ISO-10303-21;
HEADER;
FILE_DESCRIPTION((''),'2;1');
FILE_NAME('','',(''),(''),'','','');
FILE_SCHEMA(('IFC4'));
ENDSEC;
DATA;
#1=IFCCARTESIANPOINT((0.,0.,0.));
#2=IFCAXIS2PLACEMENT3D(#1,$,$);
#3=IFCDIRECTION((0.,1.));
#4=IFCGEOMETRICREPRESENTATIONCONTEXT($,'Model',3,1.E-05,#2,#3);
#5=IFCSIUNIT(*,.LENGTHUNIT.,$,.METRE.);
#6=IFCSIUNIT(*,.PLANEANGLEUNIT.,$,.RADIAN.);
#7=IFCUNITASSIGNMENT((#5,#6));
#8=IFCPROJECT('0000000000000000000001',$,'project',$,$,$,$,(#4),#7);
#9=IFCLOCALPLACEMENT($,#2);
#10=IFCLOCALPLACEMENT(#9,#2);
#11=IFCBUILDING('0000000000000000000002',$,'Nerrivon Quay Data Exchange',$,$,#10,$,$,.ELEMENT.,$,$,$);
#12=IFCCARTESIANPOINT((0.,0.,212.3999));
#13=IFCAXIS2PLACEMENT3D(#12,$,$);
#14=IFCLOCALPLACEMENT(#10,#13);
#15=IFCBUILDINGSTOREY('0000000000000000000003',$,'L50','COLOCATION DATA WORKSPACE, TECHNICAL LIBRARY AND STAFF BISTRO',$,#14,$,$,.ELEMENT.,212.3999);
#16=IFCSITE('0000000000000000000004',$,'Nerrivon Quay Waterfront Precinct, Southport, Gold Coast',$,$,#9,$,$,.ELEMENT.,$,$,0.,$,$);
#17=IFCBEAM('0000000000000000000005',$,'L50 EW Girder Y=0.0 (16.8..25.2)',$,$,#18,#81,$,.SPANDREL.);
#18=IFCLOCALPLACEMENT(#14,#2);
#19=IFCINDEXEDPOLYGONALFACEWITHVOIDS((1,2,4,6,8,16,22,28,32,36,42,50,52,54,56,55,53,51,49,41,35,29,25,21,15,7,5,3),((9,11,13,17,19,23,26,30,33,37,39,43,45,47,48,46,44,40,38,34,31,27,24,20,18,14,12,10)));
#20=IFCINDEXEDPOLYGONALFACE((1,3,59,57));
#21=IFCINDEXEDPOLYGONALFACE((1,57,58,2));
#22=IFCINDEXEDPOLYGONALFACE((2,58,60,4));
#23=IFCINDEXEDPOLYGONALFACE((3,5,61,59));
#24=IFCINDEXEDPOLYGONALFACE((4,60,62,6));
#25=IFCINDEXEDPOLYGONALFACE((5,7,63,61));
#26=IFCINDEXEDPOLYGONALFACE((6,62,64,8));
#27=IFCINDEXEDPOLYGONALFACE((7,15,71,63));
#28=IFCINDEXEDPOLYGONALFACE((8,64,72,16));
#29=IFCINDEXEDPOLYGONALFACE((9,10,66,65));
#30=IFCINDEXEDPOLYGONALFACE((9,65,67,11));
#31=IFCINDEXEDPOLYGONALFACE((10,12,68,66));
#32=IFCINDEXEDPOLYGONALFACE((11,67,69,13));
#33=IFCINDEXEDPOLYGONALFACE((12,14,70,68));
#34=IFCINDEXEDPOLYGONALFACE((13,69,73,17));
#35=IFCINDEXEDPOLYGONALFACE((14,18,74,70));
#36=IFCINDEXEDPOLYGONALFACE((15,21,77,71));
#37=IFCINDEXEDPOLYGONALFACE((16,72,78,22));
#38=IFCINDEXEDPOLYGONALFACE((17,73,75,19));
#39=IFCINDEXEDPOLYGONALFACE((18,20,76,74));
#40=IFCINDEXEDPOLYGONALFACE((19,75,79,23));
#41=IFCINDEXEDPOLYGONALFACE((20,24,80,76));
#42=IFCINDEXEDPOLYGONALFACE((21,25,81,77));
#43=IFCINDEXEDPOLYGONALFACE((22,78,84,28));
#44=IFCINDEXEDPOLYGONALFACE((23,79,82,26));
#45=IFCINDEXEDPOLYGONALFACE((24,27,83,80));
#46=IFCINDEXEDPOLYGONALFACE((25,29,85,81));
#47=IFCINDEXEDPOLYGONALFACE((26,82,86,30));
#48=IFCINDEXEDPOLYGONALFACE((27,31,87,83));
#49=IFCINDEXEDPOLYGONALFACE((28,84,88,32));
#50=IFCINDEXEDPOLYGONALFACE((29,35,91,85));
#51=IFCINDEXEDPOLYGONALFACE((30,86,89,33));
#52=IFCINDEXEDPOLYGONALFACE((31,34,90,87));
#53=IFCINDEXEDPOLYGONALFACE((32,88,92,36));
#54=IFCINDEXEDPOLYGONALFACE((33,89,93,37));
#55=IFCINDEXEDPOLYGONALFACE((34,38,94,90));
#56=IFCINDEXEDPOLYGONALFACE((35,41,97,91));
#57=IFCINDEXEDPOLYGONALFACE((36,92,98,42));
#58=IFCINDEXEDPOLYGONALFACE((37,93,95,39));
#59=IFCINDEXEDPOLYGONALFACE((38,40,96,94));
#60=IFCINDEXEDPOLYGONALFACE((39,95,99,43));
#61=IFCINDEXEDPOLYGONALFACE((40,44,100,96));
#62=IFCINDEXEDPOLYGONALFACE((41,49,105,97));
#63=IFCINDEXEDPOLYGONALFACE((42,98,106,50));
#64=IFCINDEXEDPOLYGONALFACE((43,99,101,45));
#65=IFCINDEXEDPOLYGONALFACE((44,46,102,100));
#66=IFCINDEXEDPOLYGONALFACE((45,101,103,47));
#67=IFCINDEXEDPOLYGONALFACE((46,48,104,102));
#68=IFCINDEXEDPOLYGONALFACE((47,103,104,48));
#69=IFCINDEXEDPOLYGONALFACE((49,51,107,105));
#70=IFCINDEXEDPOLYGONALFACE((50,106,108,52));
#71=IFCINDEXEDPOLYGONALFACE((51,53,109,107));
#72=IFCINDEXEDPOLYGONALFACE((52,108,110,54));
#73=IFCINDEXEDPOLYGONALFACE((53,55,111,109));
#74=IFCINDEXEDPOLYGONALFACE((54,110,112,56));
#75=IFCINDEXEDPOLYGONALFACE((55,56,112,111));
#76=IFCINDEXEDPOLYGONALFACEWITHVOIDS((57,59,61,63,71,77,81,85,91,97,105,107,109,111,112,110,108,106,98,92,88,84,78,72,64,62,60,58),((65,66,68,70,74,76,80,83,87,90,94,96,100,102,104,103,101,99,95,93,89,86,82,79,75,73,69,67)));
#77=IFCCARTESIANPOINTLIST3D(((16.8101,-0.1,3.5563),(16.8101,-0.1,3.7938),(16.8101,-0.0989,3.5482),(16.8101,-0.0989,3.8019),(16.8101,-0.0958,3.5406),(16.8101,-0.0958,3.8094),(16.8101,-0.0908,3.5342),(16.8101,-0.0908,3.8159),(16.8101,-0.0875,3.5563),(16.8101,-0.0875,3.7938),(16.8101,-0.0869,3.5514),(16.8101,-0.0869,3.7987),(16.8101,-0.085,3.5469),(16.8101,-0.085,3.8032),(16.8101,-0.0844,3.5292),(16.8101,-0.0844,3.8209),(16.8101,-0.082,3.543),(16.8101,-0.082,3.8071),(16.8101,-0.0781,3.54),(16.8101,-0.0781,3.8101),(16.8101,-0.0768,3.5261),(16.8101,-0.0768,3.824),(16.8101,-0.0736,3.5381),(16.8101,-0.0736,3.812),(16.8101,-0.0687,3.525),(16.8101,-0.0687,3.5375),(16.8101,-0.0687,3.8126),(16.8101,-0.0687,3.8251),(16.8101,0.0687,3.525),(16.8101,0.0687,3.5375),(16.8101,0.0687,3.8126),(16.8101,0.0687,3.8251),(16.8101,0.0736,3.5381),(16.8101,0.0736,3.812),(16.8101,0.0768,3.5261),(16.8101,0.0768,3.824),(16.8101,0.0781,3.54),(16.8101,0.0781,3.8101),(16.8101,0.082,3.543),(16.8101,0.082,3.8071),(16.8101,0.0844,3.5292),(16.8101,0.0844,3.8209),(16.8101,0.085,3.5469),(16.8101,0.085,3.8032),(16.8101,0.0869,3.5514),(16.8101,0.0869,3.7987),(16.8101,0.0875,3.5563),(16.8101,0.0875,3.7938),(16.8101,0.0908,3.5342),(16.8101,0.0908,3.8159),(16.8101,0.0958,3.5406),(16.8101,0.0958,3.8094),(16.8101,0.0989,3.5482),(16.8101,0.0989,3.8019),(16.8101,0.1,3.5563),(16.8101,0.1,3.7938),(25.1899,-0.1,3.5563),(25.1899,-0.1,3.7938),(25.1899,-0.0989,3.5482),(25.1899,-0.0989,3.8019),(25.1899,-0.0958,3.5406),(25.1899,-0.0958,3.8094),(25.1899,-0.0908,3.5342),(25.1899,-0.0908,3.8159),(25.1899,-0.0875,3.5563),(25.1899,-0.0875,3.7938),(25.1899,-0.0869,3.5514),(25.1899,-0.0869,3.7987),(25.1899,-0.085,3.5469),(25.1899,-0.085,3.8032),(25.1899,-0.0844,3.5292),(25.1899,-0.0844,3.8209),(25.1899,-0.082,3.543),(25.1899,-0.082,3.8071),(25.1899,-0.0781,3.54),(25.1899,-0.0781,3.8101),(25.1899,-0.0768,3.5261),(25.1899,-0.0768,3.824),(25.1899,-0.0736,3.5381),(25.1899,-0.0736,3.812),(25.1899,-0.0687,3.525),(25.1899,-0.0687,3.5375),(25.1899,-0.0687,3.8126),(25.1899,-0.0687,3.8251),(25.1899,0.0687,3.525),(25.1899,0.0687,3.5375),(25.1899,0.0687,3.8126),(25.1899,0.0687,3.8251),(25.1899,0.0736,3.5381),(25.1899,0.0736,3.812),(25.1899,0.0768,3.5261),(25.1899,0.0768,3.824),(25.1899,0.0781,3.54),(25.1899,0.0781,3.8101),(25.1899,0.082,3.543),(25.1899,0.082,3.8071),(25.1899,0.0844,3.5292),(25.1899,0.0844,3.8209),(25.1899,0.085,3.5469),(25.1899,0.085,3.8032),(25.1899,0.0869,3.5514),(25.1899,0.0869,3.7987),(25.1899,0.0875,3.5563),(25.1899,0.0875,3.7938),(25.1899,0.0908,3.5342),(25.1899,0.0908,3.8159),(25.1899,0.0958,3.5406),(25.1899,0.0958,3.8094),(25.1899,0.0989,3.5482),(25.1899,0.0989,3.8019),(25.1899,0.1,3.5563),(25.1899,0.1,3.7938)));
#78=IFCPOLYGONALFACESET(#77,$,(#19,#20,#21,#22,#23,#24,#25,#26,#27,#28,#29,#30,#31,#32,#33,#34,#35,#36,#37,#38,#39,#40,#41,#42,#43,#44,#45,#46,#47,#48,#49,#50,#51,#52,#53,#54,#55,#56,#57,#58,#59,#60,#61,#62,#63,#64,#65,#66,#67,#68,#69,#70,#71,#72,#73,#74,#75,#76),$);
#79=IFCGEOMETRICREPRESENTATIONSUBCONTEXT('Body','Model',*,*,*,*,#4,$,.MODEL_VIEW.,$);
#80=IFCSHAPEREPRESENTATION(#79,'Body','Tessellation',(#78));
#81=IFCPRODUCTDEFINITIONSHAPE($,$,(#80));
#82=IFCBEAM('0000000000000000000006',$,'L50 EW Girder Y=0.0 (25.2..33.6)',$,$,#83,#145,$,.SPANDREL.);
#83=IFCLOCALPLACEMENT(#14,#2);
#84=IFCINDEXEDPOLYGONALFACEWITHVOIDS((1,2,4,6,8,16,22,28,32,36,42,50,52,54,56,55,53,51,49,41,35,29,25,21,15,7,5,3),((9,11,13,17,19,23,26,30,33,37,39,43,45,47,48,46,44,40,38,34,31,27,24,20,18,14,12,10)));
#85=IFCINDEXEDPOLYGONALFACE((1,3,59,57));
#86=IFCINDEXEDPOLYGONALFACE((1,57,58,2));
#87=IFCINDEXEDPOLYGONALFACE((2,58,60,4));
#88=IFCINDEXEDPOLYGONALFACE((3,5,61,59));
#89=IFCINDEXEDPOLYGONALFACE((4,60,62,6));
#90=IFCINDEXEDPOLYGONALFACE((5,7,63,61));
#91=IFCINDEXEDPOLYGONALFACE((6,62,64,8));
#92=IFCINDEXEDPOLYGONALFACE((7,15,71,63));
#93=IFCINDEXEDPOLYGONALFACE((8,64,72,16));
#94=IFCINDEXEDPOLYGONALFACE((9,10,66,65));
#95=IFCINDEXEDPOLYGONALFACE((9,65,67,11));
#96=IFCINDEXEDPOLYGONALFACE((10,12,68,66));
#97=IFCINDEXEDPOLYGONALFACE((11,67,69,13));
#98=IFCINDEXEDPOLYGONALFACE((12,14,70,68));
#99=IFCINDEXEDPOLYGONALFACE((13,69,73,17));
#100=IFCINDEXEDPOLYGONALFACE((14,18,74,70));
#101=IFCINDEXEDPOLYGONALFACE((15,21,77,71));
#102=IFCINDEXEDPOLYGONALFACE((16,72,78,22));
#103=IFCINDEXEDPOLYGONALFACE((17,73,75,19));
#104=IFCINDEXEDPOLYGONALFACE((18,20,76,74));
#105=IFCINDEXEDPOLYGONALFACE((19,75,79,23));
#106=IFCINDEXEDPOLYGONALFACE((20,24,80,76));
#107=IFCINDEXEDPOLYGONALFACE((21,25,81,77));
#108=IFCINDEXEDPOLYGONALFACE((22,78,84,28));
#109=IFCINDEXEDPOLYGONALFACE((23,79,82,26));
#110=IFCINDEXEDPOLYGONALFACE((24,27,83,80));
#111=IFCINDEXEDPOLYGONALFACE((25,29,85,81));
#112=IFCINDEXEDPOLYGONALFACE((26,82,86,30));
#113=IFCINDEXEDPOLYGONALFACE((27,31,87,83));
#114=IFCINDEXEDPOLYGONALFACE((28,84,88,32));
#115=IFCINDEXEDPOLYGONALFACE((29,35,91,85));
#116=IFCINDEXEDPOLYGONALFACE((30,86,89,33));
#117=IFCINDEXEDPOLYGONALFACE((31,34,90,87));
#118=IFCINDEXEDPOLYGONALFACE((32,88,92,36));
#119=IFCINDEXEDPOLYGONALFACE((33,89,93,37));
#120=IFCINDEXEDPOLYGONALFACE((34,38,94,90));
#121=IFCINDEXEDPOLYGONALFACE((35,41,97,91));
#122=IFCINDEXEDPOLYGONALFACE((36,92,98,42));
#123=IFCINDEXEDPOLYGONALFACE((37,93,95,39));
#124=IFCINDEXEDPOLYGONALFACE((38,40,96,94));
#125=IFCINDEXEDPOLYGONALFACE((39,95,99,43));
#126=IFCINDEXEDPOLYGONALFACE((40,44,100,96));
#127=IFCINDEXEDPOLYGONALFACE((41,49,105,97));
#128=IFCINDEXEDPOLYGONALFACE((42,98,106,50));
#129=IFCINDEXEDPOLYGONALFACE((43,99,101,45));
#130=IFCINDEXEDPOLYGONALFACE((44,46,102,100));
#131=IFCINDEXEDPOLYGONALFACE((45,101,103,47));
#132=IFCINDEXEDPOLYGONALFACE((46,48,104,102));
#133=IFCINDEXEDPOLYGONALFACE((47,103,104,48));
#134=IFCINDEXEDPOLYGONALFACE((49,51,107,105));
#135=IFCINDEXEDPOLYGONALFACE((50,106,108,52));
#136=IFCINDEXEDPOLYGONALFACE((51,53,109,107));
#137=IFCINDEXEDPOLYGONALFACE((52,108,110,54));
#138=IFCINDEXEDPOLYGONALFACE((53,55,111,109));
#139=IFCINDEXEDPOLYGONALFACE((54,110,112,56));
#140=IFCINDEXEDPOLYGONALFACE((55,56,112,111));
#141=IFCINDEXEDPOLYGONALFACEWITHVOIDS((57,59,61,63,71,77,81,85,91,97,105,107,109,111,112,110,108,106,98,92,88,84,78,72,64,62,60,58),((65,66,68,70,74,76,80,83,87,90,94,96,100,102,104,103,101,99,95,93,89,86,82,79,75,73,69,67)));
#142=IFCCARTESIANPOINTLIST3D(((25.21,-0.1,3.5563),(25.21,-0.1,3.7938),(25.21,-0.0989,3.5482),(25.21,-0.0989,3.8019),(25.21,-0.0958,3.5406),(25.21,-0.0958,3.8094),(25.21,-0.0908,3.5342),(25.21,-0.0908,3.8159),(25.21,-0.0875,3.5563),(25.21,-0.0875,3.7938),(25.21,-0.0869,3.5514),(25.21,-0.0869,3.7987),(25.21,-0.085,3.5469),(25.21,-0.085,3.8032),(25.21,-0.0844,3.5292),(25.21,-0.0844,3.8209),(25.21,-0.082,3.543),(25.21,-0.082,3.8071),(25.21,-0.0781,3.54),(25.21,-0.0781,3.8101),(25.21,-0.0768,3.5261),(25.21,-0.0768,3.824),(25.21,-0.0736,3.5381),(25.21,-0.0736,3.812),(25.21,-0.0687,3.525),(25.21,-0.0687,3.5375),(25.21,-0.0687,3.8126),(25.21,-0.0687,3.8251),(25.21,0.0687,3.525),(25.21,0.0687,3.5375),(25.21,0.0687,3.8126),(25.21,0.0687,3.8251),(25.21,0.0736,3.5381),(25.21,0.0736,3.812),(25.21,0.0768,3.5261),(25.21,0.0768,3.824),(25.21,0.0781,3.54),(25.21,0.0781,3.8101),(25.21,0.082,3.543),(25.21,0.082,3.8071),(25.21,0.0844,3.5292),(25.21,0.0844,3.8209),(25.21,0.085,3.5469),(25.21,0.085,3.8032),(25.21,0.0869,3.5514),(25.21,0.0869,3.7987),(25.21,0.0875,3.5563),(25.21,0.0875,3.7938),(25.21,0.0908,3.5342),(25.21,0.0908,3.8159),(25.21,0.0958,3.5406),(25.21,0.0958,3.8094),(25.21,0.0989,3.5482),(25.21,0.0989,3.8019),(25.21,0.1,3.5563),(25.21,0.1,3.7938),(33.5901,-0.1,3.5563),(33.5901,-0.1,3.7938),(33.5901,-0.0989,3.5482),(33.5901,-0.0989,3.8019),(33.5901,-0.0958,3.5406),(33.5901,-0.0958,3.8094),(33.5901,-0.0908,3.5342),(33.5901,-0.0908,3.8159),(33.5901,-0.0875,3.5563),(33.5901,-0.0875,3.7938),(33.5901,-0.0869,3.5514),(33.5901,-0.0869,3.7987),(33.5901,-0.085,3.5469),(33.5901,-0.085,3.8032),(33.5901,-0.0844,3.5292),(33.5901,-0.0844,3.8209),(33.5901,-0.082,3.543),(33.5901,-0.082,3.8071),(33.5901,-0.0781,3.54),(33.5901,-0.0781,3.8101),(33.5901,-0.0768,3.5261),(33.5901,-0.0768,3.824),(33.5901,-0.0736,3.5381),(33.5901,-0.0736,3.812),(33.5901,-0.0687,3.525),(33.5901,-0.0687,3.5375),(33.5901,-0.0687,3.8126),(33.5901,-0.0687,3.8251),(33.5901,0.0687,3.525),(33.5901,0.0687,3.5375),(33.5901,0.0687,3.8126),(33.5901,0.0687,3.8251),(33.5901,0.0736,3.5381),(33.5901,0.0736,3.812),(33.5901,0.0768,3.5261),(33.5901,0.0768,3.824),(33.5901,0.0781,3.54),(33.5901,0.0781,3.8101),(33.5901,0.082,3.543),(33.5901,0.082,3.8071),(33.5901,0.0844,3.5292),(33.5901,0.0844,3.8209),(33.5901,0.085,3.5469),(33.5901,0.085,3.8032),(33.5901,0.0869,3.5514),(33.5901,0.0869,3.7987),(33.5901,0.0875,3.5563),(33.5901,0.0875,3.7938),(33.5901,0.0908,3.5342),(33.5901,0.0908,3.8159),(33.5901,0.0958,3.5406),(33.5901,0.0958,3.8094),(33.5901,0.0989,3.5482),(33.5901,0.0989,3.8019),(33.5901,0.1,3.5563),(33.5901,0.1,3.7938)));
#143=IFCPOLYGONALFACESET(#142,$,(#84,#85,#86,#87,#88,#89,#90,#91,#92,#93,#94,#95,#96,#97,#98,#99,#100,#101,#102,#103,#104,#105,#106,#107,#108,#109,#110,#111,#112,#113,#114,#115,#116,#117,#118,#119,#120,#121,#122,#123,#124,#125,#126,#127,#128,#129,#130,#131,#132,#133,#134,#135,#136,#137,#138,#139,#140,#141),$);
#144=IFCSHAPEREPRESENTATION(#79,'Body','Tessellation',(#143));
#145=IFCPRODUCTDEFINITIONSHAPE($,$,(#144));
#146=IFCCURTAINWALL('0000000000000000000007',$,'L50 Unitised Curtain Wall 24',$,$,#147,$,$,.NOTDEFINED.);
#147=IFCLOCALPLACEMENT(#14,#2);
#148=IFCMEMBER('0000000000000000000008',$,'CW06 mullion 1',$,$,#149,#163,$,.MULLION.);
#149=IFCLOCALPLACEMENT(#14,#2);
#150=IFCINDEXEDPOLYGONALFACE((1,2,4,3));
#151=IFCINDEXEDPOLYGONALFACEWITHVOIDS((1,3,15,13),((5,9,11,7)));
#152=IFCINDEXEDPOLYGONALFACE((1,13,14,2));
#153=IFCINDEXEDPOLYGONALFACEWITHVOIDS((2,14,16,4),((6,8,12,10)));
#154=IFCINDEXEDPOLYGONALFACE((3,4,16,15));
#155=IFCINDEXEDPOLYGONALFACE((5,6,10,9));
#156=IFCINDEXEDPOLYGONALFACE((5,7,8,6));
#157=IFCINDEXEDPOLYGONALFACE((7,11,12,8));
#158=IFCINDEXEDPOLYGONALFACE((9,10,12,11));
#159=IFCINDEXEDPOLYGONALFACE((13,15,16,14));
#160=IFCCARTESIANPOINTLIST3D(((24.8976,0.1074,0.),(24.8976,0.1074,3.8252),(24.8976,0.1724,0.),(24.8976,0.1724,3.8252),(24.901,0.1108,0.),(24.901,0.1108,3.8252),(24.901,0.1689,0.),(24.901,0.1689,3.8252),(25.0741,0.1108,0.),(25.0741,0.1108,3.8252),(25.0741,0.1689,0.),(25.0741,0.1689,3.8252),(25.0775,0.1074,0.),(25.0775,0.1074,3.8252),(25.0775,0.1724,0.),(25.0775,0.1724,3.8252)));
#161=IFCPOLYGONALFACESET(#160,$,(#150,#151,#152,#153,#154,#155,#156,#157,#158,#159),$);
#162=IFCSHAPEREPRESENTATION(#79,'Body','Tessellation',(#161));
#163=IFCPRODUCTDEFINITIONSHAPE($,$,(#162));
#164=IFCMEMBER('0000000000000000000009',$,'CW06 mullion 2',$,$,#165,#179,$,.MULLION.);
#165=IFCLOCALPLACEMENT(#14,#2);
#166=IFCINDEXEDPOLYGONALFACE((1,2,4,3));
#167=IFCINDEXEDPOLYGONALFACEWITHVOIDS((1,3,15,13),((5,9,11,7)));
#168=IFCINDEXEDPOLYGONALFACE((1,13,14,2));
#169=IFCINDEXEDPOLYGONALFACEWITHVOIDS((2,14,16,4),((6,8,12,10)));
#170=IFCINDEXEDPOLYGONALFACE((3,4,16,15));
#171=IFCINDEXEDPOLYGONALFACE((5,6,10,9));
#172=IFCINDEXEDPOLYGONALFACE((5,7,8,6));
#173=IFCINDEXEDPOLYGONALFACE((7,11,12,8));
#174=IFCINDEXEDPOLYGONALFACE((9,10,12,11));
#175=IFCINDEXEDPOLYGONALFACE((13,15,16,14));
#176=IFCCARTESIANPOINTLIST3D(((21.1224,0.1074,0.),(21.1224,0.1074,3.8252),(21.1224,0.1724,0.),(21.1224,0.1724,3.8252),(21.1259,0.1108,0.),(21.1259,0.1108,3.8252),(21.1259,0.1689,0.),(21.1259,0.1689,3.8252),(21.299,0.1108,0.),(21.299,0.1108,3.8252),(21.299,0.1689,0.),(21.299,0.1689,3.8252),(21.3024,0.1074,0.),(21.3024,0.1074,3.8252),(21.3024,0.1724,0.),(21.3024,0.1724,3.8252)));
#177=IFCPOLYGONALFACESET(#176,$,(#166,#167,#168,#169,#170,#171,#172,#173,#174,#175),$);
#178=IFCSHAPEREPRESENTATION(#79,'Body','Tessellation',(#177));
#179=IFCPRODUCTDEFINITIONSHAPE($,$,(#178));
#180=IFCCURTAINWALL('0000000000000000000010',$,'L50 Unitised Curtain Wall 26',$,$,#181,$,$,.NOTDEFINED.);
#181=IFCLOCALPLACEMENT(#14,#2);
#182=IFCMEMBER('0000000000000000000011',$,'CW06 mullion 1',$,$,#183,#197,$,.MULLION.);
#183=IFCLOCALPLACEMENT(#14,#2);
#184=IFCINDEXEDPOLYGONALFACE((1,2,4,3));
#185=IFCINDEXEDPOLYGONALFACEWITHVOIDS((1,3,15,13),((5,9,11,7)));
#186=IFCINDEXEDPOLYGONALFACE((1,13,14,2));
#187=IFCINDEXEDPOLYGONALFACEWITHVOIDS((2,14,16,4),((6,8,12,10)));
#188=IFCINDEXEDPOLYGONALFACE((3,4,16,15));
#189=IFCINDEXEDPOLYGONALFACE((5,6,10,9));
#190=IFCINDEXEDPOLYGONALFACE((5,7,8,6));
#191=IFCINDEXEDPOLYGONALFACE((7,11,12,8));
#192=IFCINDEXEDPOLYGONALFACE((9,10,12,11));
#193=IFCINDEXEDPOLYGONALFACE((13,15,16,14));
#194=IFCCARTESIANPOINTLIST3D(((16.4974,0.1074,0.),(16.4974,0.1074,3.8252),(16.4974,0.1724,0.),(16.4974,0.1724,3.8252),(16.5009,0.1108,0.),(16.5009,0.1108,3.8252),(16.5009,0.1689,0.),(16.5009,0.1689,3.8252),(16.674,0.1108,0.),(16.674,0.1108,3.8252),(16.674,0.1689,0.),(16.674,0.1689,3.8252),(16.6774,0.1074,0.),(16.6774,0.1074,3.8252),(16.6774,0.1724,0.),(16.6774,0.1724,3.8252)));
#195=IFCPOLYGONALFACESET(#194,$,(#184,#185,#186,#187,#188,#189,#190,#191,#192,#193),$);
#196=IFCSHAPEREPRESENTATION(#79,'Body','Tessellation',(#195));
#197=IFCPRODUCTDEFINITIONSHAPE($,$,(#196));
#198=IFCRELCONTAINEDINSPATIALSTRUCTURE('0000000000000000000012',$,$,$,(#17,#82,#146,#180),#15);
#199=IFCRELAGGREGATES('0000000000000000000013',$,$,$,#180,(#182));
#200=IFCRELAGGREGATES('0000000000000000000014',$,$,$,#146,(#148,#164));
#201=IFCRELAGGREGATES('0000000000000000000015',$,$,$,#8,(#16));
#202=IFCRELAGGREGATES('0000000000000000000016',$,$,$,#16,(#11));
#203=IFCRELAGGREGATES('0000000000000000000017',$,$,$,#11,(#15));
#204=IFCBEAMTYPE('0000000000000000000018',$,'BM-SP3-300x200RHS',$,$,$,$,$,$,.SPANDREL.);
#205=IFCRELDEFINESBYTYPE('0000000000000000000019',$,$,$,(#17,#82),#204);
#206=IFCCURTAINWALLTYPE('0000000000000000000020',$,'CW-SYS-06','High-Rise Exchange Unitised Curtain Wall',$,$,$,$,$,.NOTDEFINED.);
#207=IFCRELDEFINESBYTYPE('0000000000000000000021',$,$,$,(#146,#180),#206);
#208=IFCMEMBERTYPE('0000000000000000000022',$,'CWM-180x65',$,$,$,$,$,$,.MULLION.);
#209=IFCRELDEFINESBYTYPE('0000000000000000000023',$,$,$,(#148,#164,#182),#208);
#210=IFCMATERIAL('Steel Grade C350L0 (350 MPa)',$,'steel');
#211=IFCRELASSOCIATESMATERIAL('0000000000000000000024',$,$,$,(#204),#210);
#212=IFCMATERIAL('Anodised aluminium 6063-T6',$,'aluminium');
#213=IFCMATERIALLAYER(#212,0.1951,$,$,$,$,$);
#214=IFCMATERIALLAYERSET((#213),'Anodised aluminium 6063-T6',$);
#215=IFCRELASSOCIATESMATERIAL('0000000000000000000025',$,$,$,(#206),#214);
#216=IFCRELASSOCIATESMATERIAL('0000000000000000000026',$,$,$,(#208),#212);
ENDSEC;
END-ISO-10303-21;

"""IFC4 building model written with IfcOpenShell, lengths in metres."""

from ifc_helpers import new_model, si_unit, direction, frame, origin, origin_2d, place, context, subcontext, project, spatial, hollow_rectangle, extrude, material, layer, layer_set, material_profile, profile_set, type_object, element, aggregate, save


model = new_model("IFC4")

# Units and contexts
model_context = context("Model", 3, precision=1e-05, world=origin(), true_north=direction((0.0, 1.0)))
body_context = subcontext(model_context, "Body", "Model", "MODEL_VIEW")
ifc_project = project(units=[si_unit("LENGTHUNIT", "METRE"), si_unit("PLANEANGLEUNIT", "RADIAN")], contexts=[model_context])

# Site, building, storey
site_placement = place(None, origin())
site = spatial("IfcSite", under=ifc_project, at=site_placement, Name="Nerrivon Quay Waterfront Precinct, Southport, Gold Coast", CompositionType="ELEMENT", RefElevation=0.0)
building_placement = place(site_placement, origin())
building = spatial("IfcBuilding", under=site, at=building_placement, Name="Nerrivon Quay Data Exchange", CompositionType="ELEMENT")
storey_placement = place(building_placement, frame((0.0, 0.0, 212.3999)))
storey = spatial("IfcBuildingStorey", under=building, at=storey_placement, Name="L50", Description="COLOCATION DATA WORKSPACE, TECHNICAL LIBRARY AND STAFF BISTRO", CompositionType="ELEMENT", Elevation=212.3999)

# Beams
ifc_material_1 = material(Name="Steel Grade C350L0 (350 MPa)", Category="steel")
ifc_material_profile_1 = material_profile(ifc_material_1, hollow_rectangle(XDim=0.2, YDim=0.3, WallThickness=0.0125, InnerFilletRadius=0.0188, OuterFilletRadius=0.0312, at=origin_2d()), Name="300x200x12.5RHS")
ifc_profile_set_1 = profile_set([ifc_material_profile_1], Name="Steel Grade C350L0 (350 MPa)")
beam_type_1 = type_object("IfcBeamType", Name="BM-SP3-300x200RHS", PredefinedType="SPANDREL", material=ifc_profile_set_1)
beam_1_placement = place(storey_placement, frame((16.8101, 0.0, 3.675), z_axis=(1.0, 0.0, 0.0), x_axis=(0.0, 1.0, 0.0)))
element("IfcBeam", 1, at=beam_1_placement, inside=storey, type_object=beam_type_1, Name="L50 EW Girder Y=0.0 (16.8..25.2)", PredefinedType="SPANDREL", context=body_context, shape_type="SweptSolid", body=[
    extrude(hollow_rectangle(XDim=0.2, YDim=0.3, WallThickness=0.0125, InnerFilletRadius=0.0188, OuterFilletRadius=0.0312, at=origin_2d()), origin(), (0.0, 0.0, 1.0), 8.3799),
])
beam_2_placement = place(storey_placement, frame((25.21, 0.0, 3.675), z_axis=(1.0, 0.0, 0.0), x_axis=(0.0, 1.0, 0.0)))
element("IfcBeam", 2, at=beam_2_placement, inside=storey, type_object=beam_type_1, Name="L50 EW Girder Y=0.0 (25.2..33.6)", PredefinedType="SPANDREL", context=body_context, shape_type="SweptSolid", body=[
    extrude(hollow_rectangle(XDim=0.2, YDim=0.3, WallThickness=0.0125, InnerFilletRadius=0.0188, OuterFilletRadius=0.0312, at=origin_2d()), origin(), (0.0, 0.0, 1.0), 8.3801),
])

# Curtain wall, members
ifc_material_2 = material(Name="Anodised aluminium 6063-T6", Category="aluminium")
ifc_layer_1 = layer(ifc_material_2, 0.1951)
ifc_layer_set_1 = layer_set([ifc_layer_1], Name="Anodised aluminium 6063-T6")
curtain_wall_type = type_object("IfcCurtainWallType", Name="CW-SYS-06", Description="High-Rise Exchange Unitised Curtain Wall", PredefinedType="NOTDEFINED", material=ifc_layer_set_1)
curtain_wall_1_placement = place(storey_placement, origin())
curtain_wall_1 = element("IfcCurtainWall", 3, at=curtain_wall_1_placement, inside=storey, type_object=curtain_wall_type, Name="L50 Unitised Curtain Wall 24", PredefinedType="NOTDEFINED")
ifc_material_profile_2 = material_profile(ifc_material_2, hollow_rectangle(XDim=0.0649, YDim=0.1799, WallThickness=0.0034, at=origin_2d()), Name="ALU-MULL-180x65")
ifc_profile_set_2 = profile_set([ifc_material_profile_2], Name="Anodised aluminium 6063-T6")
member_type_1 = type_object("IfcMemberType", Name="CWM-180x65", PredefinedType="MULLION", material=ifc_profile_set_2)
member_1_placement = place(storey_placement, frame((24.9875, 0.1399, 0.0), z_axis=(0.0, 0.0, 1.0), x_axis=(0.0, -1.0, 0.0)))
member_1 = element("IfcMember", 4, at=member_1_placement, type_object=member_type_1, Name="CW06 mullion 1", PredefinedType="MULLION", context=body_context, shape_type="SweptSolid", body=[
    extrude(hollow_rectangle(XDim=0.0649, YDim=0.1799, WallThickness=0.0034, at=origin_2d()), origin(), (0.0, 0.0, 1.0), 3.8252),
])
member_2_placement = place(storey_placement, frame((21.2124, 0.1399, 0.0), z_axis=(0.0, 0.0, 1.0), x_axis=(0.0, -1.0, 0.0)))
member_2 = element("IfcMember", 5, at=member_2_placement, type_object=member_type_1, Name="CW06 mullion 2", PredefinedType="MULLION", context=body_context, shape_type="SweptSolid", body=[
    extrude(hollow_rectangle(XDim=0.0649, YDim=0.1799, WallThickness=0.0034, at=origin_2d()), origin(), (0.0, 0.0, 1.0), 3.8252),
])

# Curtain wall, member
curtain_wall_2_placement = place(storey_placement, origin())
curtain_wall_2 = element("IfcCurtainWall", 6, at=curtain_wall_2_placement, inside=storey, type_object=curtain_wall_type, Name="L50 Unitised Curtain Wall 26", PredefinedType="NOTDEFINED")
member_3_placement = place(storey_placement, frame((16.5874, 0.1399, 0.0), z_axis=(0.0, 0.0, 1.0), x_axis=(0.0, -1.0, 0.0)))
member_3 = element("IfcMember", 7, at=member_3_placement, type_object=member_type_1, Name="CW06 mullion 1", PredefinedType="MULLION", context=body_context, shape_type="SweptSolid", body=[
    extrude(hollow_rectangle(XDim=0.0649, YDim=0.1799, WallThickness=0.0034, at=origin_2d()), origin(), (0.0, 0.0, 1.0), 3.8252),
])
aggregate(curtain_wall_2, [member_3])

aggregate(curtain_wall_1, [member_1, member_2])

save(model, "model.ifc")
